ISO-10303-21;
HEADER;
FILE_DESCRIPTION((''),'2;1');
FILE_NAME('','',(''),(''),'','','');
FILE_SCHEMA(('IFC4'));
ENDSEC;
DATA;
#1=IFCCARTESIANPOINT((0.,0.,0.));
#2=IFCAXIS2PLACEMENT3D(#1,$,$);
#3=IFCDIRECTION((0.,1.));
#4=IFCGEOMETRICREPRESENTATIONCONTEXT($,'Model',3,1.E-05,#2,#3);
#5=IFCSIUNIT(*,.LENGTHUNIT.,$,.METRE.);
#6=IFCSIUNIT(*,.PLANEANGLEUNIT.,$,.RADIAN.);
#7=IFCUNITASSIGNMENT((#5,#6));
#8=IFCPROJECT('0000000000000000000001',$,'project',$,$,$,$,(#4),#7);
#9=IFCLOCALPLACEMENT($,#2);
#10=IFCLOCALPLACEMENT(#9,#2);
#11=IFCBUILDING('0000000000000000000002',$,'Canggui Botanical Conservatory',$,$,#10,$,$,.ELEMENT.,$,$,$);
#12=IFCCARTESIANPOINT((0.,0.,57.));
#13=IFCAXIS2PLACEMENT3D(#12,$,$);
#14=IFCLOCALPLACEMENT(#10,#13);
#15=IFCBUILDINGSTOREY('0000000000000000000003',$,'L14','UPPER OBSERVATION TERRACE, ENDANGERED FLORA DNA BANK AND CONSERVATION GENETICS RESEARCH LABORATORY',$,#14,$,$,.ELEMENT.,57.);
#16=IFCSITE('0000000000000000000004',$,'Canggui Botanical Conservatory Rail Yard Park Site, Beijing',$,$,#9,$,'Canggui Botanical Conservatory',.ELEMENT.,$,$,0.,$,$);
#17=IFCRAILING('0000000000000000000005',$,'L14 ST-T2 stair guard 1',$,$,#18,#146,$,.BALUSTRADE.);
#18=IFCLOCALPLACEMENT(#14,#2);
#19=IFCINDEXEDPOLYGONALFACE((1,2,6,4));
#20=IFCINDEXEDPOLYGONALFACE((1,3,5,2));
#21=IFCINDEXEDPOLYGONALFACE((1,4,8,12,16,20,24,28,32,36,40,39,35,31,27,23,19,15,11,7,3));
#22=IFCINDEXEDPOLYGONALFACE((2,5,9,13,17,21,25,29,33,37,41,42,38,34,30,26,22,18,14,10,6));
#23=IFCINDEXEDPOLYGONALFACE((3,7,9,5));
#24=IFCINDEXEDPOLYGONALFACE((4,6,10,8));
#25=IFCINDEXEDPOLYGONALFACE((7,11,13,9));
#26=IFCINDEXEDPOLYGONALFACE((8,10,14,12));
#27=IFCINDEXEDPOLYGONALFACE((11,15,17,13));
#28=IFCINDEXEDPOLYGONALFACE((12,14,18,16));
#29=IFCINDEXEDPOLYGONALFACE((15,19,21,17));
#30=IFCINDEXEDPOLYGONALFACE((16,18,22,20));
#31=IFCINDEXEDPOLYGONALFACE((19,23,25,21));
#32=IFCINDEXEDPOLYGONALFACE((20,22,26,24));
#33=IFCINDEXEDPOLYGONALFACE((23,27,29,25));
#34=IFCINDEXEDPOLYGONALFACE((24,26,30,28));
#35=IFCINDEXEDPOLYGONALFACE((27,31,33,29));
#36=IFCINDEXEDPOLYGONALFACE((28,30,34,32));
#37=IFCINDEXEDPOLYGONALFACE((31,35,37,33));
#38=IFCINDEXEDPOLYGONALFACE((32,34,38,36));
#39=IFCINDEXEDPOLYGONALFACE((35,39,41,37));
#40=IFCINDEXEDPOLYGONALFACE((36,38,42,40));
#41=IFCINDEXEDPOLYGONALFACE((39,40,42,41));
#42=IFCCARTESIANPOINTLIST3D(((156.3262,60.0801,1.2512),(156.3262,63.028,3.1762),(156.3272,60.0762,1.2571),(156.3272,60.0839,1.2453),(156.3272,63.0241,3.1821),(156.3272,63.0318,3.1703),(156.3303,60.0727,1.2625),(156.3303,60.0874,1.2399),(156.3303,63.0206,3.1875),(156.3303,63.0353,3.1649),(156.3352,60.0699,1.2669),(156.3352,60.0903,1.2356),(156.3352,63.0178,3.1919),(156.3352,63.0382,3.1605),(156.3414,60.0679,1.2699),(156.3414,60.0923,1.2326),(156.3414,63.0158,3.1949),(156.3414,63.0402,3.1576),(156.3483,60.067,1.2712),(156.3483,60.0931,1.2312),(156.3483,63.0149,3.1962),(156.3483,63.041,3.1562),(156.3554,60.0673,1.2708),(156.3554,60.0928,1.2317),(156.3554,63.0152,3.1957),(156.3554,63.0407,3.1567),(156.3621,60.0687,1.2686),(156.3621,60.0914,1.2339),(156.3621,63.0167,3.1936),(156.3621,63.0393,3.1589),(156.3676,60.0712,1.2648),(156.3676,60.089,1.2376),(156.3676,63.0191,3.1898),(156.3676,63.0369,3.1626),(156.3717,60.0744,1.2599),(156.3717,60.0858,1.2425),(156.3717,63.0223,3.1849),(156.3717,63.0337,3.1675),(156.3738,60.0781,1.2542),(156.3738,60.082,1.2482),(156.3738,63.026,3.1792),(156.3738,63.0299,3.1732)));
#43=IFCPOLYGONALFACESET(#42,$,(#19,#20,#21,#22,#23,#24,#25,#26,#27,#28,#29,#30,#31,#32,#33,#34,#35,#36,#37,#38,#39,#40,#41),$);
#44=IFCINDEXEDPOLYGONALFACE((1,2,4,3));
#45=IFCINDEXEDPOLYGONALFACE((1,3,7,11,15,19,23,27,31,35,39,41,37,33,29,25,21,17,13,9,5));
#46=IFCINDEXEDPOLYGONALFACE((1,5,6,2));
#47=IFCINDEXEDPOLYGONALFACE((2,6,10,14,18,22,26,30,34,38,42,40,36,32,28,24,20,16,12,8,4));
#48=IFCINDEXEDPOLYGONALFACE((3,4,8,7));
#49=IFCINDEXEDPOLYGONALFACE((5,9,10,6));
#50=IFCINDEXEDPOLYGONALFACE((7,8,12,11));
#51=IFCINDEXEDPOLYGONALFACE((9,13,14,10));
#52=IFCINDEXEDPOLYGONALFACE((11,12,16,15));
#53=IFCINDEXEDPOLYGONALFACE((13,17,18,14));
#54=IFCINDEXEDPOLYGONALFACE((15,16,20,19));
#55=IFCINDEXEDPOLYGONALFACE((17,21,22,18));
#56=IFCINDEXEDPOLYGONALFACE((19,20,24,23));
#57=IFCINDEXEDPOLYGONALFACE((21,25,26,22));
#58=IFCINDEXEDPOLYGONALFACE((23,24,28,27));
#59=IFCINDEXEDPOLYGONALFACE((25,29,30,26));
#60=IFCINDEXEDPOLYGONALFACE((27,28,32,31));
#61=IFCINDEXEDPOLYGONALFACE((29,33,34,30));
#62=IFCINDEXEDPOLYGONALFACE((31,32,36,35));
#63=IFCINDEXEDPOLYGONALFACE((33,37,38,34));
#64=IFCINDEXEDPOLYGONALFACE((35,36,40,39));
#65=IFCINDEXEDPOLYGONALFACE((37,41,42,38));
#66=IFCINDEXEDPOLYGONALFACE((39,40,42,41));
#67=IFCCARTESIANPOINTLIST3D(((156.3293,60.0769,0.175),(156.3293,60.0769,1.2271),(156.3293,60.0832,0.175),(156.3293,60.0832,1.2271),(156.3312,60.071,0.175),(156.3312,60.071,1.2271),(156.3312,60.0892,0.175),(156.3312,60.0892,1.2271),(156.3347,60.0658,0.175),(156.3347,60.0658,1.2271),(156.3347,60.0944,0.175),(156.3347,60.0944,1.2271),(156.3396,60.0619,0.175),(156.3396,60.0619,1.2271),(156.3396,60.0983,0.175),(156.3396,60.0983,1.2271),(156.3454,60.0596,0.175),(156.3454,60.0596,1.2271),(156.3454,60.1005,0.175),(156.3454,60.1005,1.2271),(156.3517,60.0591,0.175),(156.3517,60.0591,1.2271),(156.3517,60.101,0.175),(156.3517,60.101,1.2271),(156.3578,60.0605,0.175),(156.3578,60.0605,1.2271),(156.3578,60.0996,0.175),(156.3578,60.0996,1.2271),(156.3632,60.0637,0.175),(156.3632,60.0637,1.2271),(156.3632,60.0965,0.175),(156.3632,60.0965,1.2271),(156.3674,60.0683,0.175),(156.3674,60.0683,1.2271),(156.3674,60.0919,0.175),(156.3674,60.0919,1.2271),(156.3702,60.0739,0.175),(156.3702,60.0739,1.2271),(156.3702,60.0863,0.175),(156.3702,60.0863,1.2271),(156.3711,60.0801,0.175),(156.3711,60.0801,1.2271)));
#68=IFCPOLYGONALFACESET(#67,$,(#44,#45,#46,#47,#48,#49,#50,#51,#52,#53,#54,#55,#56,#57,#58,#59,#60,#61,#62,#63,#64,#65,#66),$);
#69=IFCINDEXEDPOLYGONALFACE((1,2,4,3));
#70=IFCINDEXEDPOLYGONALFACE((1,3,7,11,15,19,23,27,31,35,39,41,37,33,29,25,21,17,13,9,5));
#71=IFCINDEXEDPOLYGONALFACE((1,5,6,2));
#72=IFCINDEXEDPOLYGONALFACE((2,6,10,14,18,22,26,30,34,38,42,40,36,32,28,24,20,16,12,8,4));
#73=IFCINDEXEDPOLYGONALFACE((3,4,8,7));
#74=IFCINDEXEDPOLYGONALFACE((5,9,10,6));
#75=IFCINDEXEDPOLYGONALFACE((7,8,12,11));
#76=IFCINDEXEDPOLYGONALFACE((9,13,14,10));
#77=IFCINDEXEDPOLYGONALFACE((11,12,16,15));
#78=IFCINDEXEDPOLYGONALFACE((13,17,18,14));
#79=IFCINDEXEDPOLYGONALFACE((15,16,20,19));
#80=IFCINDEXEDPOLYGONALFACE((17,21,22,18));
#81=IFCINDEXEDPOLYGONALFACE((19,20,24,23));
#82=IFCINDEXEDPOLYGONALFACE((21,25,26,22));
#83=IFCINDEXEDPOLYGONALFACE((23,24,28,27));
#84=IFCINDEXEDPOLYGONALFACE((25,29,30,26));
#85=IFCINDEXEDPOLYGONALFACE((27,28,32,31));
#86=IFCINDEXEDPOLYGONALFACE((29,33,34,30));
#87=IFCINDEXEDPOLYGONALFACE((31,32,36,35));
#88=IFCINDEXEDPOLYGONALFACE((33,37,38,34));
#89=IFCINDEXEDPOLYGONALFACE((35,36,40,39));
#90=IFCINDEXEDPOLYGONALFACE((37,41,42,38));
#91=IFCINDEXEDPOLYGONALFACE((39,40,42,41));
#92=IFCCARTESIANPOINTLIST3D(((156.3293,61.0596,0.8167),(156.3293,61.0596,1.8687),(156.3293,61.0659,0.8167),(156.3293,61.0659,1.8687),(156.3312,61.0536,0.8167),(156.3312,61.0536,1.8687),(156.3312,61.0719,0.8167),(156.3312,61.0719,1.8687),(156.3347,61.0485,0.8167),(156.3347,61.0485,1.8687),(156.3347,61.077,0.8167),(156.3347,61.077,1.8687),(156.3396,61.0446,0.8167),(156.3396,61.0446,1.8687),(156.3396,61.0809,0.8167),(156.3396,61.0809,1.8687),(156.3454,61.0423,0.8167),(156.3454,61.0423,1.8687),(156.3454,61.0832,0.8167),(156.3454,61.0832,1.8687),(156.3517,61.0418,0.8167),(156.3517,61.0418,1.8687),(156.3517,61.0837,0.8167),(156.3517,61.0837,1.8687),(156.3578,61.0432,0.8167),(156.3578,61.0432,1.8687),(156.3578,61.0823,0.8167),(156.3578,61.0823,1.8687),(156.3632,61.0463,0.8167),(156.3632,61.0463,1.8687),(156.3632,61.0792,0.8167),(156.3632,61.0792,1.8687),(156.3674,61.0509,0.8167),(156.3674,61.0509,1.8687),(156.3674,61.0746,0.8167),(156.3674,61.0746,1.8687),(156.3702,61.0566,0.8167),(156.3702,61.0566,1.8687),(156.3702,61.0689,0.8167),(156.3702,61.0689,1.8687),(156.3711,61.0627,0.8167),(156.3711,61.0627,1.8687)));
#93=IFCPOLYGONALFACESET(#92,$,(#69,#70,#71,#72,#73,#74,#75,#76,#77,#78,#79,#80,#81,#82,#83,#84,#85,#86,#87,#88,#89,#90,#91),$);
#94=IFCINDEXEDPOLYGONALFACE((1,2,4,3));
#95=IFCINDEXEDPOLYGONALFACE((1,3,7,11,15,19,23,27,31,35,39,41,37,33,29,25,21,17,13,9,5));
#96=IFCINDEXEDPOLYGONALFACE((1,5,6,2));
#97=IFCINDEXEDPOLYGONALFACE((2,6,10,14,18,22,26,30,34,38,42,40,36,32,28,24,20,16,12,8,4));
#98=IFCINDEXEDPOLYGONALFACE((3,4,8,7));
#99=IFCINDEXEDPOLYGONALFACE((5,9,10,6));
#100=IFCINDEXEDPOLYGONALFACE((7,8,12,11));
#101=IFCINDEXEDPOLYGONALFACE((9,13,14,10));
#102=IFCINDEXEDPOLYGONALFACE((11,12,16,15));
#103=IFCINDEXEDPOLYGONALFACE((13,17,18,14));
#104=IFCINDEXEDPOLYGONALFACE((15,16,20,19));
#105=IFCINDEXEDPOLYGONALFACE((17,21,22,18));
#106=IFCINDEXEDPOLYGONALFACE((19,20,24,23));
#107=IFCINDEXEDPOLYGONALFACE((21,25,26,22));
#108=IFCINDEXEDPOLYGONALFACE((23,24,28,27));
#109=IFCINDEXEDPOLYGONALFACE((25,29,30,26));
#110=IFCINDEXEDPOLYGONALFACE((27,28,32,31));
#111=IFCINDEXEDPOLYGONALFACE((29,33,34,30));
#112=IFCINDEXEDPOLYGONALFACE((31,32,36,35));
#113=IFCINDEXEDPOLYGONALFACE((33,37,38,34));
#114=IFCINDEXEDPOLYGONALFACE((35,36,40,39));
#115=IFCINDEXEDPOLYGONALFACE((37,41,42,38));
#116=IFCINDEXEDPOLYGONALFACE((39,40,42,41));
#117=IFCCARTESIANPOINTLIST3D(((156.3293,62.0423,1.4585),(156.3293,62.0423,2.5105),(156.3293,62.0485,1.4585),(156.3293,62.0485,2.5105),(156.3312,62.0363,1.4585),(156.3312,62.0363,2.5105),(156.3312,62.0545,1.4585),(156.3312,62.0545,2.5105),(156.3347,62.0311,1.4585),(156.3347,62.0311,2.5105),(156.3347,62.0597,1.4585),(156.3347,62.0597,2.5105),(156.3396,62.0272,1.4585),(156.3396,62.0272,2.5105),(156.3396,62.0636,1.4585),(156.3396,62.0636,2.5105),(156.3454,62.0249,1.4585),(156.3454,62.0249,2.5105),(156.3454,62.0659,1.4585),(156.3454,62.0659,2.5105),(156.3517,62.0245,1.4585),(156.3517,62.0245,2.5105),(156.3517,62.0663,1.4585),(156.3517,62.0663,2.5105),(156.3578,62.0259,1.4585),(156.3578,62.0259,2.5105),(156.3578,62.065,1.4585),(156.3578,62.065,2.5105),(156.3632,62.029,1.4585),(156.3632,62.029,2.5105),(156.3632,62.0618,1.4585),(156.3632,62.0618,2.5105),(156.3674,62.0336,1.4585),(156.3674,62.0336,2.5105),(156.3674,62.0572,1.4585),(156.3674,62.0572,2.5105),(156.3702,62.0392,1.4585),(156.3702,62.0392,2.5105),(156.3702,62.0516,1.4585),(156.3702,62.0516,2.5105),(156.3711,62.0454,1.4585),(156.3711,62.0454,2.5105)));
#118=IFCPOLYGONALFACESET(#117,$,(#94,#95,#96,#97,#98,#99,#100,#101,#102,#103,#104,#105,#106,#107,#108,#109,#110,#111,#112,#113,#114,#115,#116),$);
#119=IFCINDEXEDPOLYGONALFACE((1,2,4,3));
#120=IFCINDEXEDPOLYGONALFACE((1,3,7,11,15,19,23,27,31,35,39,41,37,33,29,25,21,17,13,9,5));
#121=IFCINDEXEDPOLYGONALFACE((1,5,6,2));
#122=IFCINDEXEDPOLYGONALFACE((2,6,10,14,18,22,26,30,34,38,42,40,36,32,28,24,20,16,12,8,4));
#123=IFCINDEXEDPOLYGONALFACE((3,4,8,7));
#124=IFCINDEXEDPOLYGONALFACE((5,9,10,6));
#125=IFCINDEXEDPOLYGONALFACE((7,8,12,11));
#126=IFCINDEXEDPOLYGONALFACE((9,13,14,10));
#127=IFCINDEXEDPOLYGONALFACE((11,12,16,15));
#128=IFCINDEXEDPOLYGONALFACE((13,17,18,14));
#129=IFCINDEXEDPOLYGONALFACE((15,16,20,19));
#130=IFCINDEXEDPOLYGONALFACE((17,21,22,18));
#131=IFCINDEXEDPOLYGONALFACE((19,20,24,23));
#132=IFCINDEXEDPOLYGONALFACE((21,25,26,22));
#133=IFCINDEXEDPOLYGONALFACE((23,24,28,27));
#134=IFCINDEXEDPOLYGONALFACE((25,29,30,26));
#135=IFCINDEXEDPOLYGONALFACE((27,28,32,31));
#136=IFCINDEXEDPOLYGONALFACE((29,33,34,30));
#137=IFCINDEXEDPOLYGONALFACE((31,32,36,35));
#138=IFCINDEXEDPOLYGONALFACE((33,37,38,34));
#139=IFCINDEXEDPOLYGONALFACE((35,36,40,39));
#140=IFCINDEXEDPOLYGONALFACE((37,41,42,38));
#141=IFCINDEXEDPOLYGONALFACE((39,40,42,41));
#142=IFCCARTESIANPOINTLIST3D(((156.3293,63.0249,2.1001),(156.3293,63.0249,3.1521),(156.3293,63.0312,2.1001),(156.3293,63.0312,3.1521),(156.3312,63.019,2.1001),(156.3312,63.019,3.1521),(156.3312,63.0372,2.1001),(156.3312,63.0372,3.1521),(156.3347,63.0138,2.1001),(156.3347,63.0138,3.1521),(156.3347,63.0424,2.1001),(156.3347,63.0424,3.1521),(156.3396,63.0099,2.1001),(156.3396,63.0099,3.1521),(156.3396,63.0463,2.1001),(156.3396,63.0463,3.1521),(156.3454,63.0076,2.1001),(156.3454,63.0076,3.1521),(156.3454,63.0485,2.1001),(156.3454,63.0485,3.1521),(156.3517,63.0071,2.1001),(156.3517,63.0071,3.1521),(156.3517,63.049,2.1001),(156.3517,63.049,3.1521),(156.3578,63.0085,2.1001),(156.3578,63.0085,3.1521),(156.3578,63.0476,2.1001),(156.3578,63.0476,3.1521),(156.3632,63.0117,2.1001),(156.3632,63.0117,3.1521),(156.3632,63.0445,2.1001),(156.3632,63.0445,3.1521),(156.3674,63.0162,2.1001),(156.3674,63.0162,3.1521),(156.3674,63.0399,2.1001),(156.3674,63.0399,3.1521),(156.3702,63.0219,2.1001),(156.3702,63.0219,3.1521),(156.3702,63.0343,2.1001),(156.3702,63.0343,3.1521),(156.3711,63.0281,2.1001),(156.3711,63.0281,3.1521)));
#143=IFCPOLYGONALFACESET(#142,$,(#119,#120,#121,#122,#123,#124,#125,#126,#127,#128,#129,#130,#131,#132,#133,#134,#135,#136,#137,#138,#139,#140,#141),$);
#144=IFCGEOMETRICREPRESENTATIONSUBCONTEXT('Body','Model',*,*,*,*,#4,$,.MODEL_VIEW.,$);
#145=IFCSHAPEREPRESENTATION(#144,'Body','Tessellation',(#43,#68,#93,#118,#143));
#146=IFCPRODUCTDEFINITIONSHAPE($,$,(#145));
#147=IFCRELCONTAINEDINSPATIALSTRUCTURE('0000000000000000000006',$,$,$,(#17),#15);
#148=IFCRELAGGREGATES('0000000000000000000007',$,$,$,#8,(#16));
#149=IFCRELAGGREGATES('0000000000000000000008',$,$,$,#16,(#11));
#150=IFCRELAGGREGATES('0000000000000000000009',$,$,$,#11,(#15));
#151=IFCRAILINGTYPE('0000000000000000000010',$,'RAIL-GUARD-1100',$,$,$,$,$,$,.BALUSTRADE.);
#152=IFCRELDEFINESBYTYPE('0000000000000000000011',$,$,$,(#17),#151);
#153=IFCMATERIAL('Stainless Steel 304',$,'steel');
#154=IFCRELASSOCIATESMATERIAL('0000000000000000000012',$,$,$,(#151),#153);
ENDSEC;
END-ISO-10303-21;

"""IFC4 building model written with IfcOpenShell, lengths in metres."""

from ifc_helpers import new_model, si_unit, direction, frame, origin, origin_2d, place, context, subcontext, project, spatial, circle, extrude, material, type_object, element, save


model = new_model("IFC4")

# Units and contexts
model_context = context("Model", 3, precision=1e-05, world=origin(), true_north=direction((0.0, 1.0)))
body_context = subcontext(model_context, "Body", "Model", "MODEL_VIEW")
ifc_project = project(units=[si_unit("LENGTHUNIT", "METRE"), si_unit("PLANEANGLEUNIT", "RADIAN")], contexts=[model_context])

# Site, building, storey
site_placement = place(None, origin())
site = spatial("IfcSite", under=ifc_project, at=site_placement, Name="Canggui Botanical Conservatory Rail Yard Park Site, Beijing", LongName="Canggui Botanical Conservatory", CompositionType="ELEMENT", RefElevation=0.0)
building_placement = place(site_placement, origin())
building = spatial("IfcBuilding", under=site, at=building_placement, Name="Canggui Botanical Conservatory", CompositionType="ELEMENT")
storey_placement = place(building_placement, frame((0.0, 0.0, 57.0)))
storey = spatial("IfcBuildingStorey", under=building, at=storey_placement, Name="L14", Description="UPPER OBSERVATION TERRACE, ENDANGERED FLORA DNA BANK AND CONSERVATION GENETICS RESEARCH LABORATORY", CompositionType="ELEMENT", Elevation=57.0)

# Shared definitions
ifc_material_1 = material(Name="Stainless Steel 304", Category="steel")

# Railing
railing_type_1 = type_object("IfcRailingType", Name="RAIL-GUARD-1100", PredefinedType="BALUSTRADE", material=ifc_material_1)
railing_1_placement = place(storey_placement, frame((156.3501, 60.0801, 0.175)))
element("IfcRailing", 1, at=railing_1_placement, inside=storey, type_object=railing_type_1, Name="L14 ST-T2 stair guard 1", PredefinedType="BALUSTRADE", context=body_context, shape_type="SweptSolid", body=[
    extrude(circle(Radius=0.0239, at=origin_2d()), frame((0.0, 0.0, 1.0762), z_axis=(0.0, 0.837293, 0.546754), x_axis=(-1.0, 0.0, 0.0)), (0.0, 0.0, 1.0), 3.5208),
    extrude(circle(Radius=0.021, at=origin_2d()), origin(), (0.0, 0.0, 1.0), 1.052),
    extrude(circle(Radius=0.021, at=origin_2d()), frame((0.0, 0.9827, 0.6416)), (0.0, 0.0, 1.0), 1.052),
    extrude(circle(Radius=0.021, at=origin_2d()), frame((0.0, 1.9653, 1.2834)), (0.0, 0.0, 1.0), 1.052),
    extrude(circle(Radius=0.021, at=origin_2d()), frame((0.0, 2.948, 1.925)), (0.0, 0.0, 1.0), 1.052),
])

save(model, "model.ifc")
